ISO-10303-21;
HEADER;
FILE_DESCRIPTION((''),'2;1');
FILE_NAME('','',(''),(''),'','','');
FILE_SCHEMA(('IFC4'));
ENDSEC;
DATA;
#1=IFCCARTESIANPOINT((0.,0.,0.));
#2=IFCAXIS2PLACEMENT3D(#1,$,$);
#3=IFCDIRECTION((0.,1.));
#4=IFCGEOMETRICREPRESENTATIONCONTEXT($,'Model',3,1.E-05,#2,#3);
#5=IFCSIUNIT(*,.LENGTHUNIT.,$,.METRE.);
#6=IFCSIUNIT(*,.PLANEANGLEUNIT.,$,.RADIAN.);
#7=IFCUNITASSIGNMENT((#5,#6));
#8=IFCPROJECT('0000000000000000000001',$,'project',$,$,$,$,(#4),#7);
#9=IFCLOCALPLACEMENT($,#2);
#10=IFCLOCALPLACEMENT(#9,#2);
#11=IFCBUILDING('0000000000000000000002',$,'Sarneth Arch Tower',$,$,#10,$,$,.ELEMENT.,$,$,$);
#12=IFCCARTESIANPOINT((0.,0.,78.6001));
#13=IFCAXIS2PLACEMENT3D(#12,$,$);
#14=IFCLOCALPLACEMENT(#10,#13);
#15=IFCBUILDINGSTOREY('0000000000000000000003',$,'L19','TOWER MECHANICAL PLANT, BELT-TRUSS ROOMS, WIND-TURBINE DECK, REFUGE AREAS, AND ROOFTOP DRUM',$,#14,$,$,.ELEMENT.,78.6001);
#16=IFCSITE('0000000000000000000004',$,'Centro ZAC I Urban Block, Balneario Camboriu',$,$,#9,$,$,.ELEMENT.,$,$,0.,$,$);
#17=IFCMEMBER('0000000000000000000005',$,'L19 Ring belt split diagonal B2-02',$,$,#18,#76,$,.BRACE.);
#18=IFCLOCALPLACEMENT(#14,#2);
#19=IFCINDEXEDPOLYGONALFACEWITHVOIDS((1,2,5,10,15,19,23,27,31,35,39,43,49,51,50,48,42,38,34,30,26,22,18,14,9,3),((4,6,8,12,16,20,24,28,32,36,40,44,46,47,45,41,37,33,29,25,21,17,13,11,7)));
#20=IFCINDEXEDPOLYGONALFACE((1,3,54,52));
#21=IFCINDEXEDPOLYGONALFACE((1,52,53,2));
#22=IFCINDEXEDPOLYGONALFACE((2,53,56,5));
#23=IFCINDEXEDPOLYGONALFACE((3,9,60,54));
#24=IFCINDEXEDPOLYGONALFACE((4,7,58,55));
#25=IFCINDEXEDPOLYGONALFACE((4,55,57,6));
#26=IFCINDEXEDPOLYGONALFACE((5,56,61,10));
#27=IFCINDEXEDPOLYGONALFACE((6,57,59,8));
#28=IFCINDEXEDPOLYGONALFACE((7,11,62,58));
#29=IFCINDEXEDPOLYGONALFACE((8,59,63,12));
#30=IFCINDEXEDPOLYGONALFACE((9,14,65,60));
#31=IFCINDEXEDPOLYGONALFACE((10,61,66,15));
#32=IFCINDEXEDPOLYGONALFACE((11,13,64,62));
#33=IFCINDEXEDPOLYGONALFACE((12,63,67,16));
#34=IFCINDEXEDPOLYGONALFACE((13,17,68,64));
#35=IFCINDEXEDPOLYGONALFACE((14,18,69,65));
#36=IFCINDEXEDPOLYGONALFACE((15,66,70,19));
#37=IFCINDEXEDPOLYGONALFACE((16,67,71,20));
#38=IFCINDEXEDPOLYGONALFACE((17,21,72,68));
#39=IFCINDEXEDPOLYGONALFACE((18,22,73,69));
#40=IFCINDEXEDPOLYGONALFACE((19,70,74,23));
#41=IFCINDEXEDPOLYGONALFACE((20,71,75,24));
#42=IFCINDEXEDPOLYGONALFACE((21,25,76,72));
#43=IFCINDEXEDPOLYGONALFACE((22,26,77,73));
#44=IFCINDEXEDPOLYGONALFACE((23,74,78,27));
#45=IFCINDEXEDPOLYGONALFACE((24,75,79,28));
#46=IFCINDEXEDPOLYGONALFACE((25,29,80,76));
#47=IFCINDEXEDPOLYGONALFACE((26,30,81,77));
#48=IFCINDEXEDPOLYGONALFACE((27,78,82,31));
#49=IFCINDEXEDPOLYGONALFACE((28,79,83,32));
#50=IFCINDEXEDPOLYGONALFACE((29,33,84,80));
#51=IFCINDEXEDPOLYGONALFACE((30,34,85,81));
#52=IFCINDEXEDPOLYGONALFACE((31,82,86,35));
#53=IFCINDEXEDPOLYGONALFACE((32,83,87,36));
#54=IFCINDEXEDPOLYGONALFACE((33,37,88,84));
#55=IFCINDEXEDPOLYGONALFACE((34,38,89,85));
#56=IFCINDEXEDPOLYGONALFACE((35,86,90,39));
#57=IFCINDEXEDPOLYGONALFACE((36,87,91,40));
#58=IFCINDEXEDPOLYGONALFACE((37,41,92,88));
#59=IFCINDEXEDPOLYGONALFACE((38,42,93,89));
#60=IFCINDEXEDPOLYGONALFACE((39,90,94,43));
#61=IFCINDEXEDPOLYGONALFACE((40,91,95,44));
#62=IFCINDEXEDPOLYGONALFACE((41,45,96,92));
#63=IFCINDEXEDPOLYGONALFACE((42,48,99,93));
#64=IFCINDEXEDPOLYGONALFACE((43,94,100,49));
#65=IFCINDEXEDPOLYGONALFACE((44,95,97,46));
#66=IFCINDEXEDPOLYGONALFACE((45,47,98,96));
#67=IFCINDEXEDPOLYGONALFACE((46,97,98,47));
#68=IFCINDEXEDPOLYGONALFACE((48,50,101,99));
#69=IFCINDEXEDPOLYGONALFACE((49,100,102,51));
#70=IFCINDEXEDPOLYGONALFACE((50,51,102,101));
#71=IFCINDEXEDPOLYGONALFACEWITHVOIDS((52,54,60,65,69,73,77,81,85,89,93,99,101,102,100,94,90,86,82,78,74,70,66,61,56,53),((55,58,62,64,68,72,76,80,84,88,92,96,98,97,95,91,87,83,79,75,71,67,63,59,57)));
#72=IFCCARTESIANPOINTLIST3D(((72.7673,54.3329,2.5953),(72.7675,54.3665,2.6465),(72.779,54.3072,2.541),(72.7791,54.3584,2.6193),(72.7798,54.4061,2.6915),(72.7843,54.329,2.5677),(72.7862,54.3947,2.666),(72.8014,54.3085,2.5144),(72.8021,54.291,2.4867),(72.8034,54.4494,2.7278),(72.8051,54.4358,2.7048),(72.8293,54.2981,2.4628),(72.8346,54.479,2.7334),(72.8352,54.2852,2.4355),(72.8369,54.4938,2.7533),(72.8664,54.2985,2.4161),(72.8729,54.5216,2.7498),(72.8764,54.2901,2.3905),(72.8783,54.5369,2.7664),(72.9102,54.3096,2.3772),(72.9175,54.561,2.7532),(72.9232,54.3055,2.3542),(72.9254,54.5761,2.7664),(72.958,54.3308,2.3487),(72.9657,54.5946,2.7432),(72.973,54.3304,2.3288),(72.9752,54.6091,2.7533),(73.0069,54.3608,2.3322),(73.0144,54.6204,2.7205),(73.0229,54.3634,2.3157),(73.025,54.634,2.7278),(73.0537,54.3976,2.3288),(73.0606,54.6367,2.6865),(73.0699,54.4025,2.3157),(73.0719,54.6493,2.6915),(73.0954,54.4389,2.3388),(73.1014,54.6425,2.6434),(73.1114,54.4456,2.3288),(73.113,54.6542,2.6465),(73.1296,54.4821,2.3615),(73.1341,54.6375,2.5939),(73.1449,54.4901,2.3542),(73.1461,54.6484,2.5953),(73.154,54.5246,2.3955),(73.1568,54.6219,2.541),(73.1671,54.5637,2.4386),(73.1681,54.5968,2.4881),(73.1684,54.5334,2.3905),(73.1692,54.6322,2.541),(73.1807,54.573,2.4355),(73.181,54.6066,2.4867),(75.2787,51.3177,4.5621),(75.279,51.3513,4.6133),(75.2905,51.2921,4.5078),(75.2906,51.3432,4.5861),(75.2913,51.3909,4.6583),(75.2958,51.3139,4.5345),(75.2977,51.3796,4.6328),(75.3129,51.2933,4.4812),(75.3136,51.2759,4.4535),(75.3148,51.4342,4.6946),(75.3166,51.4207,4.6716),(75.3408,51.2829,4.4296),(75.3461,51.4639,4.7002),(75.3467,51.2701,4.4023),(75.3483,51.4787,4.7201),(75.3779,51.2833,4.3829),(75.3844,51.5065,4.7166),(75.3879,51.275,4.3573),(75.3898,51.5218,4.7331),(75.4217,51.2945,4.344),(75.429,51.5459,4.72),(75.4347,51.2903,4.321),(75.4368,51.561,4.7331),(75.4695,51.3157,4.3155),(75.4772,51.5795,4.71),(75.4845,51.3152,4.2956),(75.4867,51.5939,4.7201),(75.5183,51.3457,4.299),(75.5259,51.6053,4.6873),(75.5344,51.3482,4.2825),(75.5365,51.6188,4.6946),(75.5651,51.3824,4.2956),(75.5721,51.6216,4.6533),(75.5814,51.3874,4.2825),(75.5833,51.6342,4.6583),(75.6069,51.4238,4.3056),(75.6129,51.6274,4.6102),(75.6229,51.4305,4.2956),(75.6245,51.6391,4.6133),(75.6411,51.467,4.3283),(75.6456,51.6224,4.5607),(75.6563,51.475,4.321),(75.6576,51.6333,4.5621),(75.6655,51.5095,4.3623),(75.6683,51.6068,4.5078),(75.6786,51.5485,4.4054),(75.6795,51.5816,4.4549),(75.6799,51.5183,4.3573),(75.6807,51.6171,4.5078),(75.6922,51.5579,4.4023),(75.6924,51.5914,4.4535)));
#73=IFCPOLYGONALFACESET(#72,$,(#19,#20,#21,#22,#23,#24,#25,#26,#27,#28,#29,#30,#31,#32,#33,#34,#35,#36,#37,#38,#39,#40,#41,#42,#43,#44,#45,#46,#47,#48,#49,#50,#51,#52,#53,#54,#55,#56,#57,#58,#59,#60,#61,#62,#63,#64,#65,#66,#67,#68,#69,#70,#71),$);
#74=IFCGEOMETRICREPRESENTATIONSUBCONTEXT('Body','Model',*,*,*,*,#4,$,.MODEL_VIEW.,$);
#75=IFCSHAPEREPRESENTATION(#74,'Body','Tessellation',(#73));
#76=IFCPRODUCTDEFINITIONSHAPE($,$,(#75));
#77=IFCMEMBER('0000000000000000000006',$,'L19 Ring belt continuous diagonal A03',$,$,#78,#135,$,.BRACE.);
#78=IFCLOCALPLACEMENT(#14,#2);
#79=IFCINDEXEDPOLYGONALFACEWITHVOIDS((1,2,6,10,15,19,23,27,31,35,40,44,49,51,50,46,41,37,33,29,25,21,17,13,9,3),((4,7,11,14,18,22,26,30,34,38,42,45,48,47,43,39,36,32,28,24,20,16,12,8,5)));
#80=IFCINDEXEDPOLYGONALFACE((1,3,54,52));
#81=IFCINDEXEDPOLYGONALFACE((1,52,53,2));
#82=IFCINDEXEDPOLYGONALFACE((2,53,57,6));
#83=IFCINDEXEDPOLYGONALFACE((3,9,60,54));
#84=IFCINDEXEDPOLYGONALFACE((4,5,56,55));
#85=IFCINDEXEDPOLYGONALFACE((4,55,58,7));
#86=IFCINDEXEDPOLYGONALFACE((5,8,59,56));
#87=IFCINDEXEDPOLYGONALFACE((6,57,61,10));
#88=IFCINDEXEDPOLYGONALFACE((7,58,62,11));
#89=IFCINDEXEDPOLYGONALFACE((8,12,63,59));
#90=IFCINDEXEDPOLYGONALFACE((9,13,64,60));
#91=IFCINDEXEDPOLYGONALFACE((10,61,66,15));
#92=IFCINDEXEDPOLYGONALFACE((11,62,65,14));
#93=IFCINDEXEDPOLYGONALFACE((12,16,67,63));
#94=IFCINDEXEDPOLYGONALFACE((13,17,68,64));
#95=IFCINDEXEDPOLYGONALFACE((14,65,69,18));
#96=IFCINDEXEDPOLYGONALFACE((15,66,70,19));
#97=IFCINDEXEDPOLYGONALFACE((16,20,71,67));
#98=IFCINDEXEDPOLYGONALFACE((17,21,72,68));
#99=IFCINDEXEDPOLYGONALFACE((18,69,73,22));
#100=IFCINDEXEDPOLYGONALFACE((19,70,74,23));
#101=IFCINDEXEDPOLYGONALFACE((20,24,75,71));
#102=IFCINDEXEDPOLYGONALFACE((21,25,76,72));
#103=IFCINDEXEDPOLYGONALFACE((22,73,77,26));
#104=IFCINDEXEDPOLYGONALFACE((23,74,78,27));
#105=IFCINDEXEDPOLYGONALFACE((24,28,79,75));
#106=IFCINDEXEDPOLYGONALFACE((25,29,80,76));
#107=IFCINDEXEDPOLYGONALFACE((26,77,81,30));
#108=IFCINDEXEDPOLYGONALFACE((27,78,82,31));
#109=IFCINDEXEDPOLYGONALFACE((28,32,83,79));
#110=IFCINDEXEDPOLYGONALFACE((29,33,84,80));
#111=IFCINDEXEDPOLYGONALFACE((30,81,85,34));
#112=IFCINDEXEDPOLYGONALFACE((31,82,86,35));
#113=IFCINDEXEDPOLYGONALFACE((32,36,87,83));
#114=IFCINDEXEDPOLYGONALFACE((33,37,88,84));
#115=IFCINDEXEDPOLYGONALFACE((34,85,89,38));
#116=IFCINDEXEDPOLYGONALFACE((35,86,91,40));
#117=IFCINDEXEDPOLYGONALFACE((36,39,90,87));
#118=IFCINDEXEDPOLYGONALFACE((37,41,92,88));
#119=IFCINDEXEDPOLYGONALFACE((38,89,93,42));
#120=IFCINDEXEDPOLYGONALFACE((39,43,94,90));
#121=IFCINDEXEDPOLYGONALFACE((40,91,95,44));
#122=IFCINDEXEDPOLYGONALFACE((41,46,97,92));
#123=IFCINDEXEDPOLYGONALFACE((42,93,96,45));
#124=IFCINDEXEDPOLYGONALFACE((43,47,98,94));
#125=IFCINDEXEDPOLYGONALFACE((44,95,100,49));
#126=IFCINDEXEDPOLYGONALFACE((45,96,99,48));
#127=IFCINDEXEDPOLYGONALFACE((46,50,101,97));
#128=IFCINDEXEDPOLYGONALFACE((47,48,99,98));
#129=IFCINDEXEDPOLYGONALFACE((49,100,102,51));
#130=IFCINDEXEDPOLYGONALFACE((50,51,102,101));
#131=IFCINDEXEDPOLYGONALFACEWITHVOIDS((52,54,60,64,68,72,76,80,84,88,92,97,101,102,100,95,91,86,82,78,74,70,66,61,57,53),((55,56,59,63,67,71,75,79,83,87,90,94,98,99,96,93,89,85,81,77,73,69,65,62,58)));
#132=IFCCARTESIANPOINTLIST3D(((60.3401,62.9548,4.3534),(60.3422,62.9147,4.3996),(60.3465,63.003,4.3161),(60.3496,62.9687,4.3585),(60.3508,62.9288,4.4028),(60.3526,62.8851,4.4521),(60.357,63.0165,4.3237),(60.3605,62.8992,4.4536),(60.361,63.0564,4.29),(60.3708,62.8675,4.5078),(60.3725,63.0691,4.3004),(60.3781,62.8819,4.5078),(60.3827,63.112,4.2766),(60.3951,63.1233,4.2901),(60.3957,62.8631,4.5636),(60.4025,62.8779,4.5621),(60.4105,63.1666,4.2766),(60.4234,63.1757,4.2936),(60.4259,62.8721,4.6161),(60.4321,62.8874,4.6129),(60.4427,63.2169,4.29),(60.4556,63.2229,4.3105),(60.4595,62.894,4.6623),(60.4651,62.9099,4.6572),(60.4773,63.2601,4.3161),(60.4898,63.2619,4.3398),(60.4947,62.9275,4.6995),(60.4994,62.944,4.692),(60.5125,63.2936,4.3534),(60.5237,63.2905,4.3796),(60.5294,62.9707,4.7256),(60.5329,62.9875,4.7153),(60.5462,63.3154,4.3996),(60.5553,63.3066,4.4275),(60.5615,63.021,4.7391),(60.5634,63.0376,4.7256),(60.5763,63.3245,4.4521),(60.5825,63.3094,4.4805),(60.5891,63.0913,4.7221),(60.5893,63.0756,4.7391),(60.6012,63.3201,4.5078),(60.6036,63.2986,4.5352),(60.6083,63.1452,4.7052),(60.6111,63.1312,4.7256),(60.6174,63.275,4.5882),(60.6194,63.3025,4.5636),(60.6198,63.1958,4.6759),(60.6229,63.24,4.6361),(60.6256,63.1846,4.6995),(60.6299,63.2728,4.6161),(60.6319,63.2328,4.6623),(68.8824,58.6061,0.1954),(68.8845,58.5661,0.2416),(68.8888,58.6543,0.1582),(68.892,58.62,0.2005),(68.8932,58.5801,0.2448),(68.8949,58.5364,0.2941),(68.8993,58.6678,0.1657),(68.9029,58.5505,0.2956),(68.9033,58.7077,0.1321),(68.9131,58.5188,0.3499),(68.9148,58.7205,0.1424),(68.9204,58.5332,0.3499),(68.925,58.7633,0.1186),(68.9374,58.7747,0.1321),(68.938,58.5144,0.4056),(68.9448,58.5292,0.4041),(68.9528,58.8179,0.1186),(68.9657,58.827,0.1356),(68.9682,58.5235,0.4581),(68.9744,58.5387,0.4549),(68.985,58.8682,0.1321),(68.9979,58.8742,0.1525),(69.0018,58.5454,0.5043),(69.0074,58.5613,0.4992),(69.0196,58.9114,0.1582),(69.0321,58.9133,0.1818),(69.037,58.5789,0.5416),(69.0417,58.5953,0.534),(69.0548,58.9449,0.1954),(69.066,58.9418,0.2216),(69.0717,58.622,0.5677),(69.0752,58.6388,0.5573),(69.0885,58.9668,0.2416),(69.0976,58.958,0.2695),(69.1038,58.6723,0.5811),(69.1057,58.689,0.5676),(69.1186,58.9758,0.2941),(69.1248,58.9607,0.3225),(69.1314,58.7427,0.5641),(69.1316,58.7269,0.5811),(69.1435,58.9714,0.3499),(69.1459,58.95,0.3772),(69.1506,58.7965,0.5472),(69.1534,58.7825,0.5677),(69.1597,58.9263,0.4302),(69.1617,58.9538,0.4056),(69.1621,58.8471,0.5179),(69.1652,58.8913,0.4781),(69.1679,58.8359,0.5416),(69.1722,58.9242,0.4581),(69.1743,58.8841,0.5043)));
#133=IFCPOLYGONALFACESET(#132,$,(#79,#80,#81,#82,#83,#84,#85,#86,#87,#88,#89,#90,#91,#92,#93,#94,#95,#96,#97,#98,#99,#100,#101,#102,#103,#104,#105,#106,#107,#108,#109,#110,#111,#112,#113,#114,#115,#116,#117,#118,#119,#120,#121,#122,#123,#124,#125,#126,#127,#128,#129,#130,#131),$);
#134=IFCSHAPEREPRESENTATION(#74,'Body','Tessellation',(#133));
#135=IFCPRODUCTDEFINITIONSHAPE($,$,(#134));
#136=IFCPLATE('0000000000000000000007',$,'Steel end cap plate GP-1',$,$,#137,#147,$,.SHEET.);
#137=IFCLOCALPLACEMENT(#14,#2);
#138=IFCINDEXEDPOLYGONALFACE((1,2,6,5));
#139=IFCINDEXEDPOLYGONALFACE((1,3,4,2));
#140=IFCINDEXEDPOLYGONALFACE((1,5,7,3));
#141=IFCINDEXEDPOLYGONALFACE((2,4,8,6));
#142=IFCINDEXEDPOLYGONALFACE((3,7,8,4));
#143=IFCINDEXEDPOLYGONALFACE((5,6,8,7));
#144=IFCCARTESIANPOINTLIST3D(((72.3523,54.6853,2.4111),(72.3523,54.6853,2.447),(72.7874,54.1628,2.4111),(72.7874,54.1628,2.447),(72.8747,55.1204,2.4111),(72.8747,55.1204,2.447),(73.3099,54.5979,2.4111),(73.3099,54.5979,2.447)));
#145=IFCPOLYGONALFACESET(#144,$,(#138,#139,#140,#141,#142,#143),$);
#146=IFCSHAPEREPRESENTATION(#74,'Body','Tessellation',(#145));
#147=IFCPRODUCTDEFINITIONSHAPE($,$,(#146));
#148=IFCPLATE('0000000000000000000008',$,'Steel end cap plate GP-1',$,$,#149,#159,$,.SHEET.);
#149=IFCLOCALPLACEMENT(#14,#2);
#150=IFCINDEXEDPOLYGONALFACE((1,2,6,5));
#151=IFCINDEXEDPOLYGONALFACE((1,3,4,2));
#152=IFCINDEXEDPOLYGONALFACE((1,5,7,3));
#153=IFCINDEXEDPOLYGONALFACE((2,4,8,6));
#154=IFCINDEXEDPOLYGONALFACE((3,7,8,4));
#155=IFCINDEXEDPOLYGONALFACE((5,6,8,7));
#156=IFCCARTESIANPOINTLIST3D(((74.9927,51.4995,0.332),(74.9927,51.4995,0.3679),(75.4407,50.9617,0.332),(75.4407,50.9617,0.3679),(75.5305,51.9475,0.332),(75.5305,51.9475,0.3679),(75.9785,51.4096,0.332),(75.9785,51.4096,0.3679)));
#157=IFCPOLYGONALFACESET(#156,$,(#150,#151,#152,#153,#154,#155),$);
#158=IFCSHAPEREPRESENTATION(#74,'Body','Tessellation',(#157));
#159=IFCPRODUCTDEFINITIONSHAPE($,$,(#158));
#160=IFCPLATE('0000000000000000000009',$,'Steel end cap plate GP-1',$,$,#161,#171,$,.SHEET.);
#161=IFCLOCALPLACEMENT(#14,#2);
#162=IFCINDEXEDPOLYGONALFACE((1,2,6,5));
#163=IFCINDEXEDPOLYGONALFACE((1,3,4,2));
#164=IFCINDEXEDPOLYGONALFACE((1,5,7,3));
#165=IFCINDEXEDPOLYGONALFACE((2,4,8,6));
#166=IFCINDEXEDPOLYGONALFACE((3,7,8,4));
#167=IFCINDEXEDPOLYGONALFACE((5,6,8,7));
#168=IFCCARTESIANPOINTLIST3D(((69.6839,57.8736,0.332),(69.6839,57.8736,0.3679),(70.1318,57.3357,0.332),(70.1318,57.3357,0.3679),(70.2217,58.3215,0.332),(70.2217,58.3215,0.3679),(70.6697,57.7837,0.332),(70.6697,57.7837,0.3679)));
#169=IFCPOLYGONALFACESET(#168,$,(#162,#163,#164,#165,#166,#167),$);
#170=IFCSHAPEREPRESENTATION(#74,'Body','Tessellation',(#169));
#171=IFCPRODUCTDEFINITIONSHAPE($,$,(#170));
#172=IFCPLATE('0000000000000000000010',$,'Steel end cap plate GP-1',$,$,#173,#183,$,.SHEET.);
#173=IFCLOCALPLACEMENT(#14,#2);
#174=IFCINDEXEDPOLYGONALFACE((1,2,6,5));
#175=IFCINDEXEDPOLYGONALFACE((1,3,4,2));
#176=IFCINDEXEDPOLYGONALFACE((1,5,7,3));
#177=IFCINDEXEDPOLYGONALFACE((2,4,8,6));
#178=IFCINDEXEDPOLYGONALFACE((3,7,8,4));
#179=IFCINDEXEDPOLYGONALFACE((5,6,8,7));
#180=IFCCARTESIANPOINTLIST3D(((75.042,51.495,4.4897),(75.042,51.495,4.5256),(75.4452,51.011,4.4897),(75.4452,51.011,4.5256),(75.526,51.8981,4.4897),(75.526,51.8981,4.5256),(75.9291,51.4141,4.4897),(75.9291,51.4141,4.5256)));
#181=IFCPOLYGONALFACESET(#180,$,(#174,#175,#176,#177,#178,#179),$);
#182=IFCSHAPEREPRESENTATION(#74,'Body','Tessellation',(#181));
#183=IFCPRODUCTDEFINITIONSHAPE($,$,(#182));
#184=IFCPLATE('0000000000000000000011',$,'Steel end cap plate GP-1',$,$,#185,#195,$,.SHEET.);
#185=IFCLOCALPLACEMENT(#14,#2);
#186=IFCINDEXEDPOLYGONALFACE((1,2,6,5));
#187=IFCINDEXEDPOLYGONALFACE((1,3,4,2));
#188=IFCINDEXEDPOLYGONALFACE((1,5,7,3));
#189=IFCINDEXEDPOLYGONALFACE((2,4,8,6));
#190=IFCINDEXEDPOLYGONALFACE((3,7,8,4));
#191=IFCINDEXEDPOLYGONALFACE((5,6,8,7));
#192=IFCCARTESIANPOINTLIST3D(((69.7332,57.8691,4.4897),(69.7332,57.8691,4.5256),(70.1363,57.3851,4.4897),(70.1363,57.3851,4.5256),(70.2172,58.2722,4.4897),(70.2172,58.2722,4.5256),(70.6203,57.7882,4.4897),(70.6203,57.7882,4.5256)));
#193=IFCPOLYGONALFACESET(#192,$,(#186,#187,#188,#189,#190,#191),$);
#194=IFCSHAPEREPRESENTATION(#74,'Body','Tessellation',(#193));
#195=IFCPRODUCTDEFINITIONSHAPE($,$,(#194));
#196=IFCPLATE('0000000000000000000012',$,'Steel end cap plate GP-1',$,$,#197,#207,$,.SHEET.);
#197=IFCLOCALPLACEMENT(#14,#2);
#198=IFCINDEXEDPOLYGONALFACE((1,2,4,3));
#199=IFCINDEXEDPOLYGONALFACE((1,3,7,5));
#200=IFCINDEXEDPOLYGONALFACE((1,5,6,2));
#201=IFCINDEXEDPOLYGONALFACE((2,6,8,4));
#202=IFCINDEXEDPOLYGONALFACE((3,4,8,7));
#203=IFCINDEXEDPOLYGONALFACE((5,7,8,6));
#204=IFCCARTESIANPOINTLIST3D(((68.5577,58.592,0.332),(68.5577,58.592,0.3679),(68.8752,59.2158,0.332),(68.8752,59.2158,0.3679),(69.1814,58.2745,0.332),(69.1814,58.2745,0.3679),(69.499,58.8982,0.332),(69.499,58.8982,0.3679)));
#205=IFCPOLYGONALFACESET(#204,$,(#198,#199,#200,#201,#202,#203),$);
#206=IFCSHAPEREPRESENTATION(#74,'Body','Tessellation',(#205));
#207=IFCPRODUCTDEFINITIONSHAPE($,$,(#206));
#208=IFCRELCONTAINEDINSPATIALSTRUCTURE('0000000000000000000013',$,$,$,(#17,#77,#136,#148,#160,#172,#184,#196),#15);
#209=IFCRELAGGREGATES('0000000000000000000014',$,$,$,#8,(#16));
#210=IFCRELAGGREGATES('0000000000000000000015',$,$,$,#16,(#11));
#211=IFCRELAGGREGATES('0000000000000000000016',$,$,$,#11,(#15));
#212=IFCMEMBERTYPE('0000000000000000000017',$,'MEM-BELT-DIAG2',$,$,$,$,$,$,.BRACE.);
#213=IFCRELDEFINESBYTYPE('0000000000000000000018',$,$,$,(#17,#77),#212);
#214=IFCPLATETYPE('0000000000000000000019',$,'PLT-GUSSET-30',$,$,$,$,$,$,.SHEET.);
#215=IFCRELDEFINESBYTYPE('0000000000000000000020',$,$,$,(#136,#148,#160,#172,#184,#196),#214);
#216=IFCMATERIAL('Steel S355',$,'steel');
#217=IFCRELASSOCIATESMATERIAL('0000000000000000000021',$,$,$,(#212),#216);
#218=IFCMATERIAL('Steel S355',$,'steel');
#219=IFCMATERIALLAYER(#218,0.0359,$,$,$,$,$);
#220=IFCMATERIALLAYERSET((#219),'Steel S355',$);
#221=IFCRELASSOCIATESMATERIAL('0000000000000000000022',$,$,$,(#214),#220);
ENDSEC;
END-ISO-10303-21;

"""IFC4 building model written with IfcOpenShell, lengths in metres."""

from ifc_helpers import new_model, si_unit, direction, frame, origin, origin_2d, place, context, subcontext, project, spatial, rectangle, hollow_circle, extrude, material, layer, layer_set, material_profile, profile_set, type_object, element, save


model = new_model("IFC4")

# Units and contexts
model_context = context("Model", 3, precision=1e-05, world=origin(), true_north=direction((0.0, 1.0)))
body_context = subcontext(model_context, "Body", "Model", "MODEL_VIEW")
ifc_project = project(units=[si_unit("LENGTHUNIT", "METRE"), si_unit("PLANEANGLEUNIT", "RADIAN")], contexts=[model_context])

# Site, building, storey
site_placement = place(None, origin())
site = spatial("IfcSite", under=ifc_project, at=site_placement, Name="Centro ZAC I Urban Block, Balneario Camboriu", CompositionType="ELEMENT", RefElevation=0.0)
building_placement = place(site_placement, origin())
building = spatial("IfcBuilding", under=site, at=building_placement, Name="Sarneth Arch Tower", CompositionType="ELEMENT")
storey_placement = place(building_placement, frame((0.0, 0.0, 78.6001)))
storey = spatial("IfcBuildingStorey", under=building, at=storey_placement, Name="L19", Description="TOWER MECHANICAL PLANT, BELT-TRUSS ROOMS, WIND-TURBINE DECK, REFUGE AREAS, AND ROOFTOP DRUM", CompositionType="ELEMENT", Elevation=78.6001)

# Members
ifc_material_1 = material(Name="Steel S355", Category="steel")
ifc_material_profile_1 = material_profile(ifc_material_1, hollow_circle(Radius=0.2539, WallThickness=0.0161, at=origin_2d()), Name="CHS508x16")
ifc_profile_set_1 = profile_set([ifc_material_profile_1], Name="Steel S355")
member_type_1 = type_object("IfcMemberType", Name="MEM-BELT-DIAG2", PredefinedType="BRACE", material=ifc_profile_set_1)
member_1_placement = place(storey_placement, frame((72.9741, 54.4697, 2.541), z_axis=(0.572168, -0.686913, 0.448079), x_axis=(0.768364, 0.640013, 0.0)))
element("IfcMember", 1, at=member_1_placement, inside=storey, type_object=member_type_1, Name="L19 Ring belt split diagonal B2-02", PredefinedType="BRACE", context=body_context, shape_type="SweptSolid", body=[
    extrude(hollow_circle(Radius=0.2539, WallThickness=0.0161, at=origin_2d()), origin(), (0.0, 0.0, 1.0), 4.3894),
])
member_2_placement = place(storey_placement, frame((69.0283, 58.7451, 0.3499), z_axis=(-0.817564, 0.416201, 0.397952), x_axis=(-0.453671, -0.891169, 0.0)))
element("IfcMember", 2, at=member_2_placement, inside=storey, type_object=member_type_1, Name="L19 Ring belt continuous diagonal A03", PredefinedType="BRACE", context=body_context, shape_type="SweptSolid", body=[
    extrude(hollow_circle(Radius=0.2539, WallThickness=0.0161, at=origin_2d()), origin(), (0.0, 0.0, 1.0), 10.4485),
])

# Plates
ifc_material_2 = material(Name="Steel S355", Category="steel")
ifc_layer_1 = layer(ifc_material_2, 0.0359)
ifc_layer_set_1 = layer_set([ifc_layer_1], Name="Steel S355")
plate_type_1 = type_object("IfcPlateType", Name="PLT-GUSSET-30", PredefinedType="SHEET", material=ifc_layer_set_1)
plate_1_placement = place(storey_placement, frame((72.8311, 54.6416, 2.4111), z_axis=(0.0, 0.0, 1.0), x_axis=(-0.639976, 0.768395, 0.0)))
element("IfcPlate", 3, at=plate_1_placement, inside=storey, type_object=plate_type_1, Name="Steel end cap plate GP-1", PredefinedType="SHEET", context=body_context, shape_type="SweptSolid", body=[
    extrude(rectangle(XDim=0.6799, YDim=0.6799, at=origin_2d()), origin(), (0.0, 0.0, 1.0), 0.0359),
])
for number, where, z_axis, x_axis, name in (
    (4, (75.4856, 51.4546, 0.332), (0.0, 0.0, 1.0), (0.639976, -0.768395, 0.0), "Steel end cap plate GP-1"),
    (5, (70.1768, 57.8286, 0.332), (0.0, 0.0, 1.0), (-0.639976, 0.768395, 0.0), "Steel end cap plate GP-1"),
):
    element("IfcPlate", number, at=place(storey_placement, frame(where, z_axis=z_axis, x_axis=x_axis)), inside=storey, type_object=plate_type_1, Name=name, PredefinedType="SHEET", context=body_context, shape_type="SweptSolid", body=[
        extrude(rectangle(XDim=0.7, YDim=0.7, at=origin_2d()), origin(), (0.0, 0.0, 1.0), 0.0359),
    ])
for number, where, z_axis, x_axis, name in (
    (6, (75.4856, 51.4546, 4.4897), (0.0, 0.0, 1.0), (0.639976, -0.768395, 0.0), "Steel end cap plate GP-1"),
    (7, (70.1768, 57.8286, 4.4897), (0.0, 0.0, 1.0), (-0.639976, 0.768395, 0.0), "Steel end cap plate GP-1"),
):
    element("IfcPlate", number, at=place(storey_placement, frame(where, z_axis=z_axis, x_axis=x_axis)), inside=storey, type_object=plate_type_1, Name=name, PredefinedType="SHEET", context=body_context, shape_type="SweptSolid", body=[
        extrude(rectangle(XDim=0.6299, YDim=0.6299, at=origin_2d()), origin(), (0.0, 0.0, 1.0), 0.0359),
    ])
plate_2_placement = place(storey_placement, frame((69.0283, 58.7451, 0.332), z_axis=(0.0, 0.0, 1.0), x_axis=(0.891165, -0.453679, 0.0)))
element("IfcPlate", 8, at=plate_2_placement, inside=storey, type_object=plate_type_1, Name="Steel end cap plate GP-1", PredefinedType="SHEET", context=body_context, shape_type="SweptSolid", body=[
    extrude(rectangle(XDim=0.7, YDim=0.7, at=origin_2d()), origin(), (0.0, 0.0, 1.0), 0.0359),
])

save(model, "model.ifc")
